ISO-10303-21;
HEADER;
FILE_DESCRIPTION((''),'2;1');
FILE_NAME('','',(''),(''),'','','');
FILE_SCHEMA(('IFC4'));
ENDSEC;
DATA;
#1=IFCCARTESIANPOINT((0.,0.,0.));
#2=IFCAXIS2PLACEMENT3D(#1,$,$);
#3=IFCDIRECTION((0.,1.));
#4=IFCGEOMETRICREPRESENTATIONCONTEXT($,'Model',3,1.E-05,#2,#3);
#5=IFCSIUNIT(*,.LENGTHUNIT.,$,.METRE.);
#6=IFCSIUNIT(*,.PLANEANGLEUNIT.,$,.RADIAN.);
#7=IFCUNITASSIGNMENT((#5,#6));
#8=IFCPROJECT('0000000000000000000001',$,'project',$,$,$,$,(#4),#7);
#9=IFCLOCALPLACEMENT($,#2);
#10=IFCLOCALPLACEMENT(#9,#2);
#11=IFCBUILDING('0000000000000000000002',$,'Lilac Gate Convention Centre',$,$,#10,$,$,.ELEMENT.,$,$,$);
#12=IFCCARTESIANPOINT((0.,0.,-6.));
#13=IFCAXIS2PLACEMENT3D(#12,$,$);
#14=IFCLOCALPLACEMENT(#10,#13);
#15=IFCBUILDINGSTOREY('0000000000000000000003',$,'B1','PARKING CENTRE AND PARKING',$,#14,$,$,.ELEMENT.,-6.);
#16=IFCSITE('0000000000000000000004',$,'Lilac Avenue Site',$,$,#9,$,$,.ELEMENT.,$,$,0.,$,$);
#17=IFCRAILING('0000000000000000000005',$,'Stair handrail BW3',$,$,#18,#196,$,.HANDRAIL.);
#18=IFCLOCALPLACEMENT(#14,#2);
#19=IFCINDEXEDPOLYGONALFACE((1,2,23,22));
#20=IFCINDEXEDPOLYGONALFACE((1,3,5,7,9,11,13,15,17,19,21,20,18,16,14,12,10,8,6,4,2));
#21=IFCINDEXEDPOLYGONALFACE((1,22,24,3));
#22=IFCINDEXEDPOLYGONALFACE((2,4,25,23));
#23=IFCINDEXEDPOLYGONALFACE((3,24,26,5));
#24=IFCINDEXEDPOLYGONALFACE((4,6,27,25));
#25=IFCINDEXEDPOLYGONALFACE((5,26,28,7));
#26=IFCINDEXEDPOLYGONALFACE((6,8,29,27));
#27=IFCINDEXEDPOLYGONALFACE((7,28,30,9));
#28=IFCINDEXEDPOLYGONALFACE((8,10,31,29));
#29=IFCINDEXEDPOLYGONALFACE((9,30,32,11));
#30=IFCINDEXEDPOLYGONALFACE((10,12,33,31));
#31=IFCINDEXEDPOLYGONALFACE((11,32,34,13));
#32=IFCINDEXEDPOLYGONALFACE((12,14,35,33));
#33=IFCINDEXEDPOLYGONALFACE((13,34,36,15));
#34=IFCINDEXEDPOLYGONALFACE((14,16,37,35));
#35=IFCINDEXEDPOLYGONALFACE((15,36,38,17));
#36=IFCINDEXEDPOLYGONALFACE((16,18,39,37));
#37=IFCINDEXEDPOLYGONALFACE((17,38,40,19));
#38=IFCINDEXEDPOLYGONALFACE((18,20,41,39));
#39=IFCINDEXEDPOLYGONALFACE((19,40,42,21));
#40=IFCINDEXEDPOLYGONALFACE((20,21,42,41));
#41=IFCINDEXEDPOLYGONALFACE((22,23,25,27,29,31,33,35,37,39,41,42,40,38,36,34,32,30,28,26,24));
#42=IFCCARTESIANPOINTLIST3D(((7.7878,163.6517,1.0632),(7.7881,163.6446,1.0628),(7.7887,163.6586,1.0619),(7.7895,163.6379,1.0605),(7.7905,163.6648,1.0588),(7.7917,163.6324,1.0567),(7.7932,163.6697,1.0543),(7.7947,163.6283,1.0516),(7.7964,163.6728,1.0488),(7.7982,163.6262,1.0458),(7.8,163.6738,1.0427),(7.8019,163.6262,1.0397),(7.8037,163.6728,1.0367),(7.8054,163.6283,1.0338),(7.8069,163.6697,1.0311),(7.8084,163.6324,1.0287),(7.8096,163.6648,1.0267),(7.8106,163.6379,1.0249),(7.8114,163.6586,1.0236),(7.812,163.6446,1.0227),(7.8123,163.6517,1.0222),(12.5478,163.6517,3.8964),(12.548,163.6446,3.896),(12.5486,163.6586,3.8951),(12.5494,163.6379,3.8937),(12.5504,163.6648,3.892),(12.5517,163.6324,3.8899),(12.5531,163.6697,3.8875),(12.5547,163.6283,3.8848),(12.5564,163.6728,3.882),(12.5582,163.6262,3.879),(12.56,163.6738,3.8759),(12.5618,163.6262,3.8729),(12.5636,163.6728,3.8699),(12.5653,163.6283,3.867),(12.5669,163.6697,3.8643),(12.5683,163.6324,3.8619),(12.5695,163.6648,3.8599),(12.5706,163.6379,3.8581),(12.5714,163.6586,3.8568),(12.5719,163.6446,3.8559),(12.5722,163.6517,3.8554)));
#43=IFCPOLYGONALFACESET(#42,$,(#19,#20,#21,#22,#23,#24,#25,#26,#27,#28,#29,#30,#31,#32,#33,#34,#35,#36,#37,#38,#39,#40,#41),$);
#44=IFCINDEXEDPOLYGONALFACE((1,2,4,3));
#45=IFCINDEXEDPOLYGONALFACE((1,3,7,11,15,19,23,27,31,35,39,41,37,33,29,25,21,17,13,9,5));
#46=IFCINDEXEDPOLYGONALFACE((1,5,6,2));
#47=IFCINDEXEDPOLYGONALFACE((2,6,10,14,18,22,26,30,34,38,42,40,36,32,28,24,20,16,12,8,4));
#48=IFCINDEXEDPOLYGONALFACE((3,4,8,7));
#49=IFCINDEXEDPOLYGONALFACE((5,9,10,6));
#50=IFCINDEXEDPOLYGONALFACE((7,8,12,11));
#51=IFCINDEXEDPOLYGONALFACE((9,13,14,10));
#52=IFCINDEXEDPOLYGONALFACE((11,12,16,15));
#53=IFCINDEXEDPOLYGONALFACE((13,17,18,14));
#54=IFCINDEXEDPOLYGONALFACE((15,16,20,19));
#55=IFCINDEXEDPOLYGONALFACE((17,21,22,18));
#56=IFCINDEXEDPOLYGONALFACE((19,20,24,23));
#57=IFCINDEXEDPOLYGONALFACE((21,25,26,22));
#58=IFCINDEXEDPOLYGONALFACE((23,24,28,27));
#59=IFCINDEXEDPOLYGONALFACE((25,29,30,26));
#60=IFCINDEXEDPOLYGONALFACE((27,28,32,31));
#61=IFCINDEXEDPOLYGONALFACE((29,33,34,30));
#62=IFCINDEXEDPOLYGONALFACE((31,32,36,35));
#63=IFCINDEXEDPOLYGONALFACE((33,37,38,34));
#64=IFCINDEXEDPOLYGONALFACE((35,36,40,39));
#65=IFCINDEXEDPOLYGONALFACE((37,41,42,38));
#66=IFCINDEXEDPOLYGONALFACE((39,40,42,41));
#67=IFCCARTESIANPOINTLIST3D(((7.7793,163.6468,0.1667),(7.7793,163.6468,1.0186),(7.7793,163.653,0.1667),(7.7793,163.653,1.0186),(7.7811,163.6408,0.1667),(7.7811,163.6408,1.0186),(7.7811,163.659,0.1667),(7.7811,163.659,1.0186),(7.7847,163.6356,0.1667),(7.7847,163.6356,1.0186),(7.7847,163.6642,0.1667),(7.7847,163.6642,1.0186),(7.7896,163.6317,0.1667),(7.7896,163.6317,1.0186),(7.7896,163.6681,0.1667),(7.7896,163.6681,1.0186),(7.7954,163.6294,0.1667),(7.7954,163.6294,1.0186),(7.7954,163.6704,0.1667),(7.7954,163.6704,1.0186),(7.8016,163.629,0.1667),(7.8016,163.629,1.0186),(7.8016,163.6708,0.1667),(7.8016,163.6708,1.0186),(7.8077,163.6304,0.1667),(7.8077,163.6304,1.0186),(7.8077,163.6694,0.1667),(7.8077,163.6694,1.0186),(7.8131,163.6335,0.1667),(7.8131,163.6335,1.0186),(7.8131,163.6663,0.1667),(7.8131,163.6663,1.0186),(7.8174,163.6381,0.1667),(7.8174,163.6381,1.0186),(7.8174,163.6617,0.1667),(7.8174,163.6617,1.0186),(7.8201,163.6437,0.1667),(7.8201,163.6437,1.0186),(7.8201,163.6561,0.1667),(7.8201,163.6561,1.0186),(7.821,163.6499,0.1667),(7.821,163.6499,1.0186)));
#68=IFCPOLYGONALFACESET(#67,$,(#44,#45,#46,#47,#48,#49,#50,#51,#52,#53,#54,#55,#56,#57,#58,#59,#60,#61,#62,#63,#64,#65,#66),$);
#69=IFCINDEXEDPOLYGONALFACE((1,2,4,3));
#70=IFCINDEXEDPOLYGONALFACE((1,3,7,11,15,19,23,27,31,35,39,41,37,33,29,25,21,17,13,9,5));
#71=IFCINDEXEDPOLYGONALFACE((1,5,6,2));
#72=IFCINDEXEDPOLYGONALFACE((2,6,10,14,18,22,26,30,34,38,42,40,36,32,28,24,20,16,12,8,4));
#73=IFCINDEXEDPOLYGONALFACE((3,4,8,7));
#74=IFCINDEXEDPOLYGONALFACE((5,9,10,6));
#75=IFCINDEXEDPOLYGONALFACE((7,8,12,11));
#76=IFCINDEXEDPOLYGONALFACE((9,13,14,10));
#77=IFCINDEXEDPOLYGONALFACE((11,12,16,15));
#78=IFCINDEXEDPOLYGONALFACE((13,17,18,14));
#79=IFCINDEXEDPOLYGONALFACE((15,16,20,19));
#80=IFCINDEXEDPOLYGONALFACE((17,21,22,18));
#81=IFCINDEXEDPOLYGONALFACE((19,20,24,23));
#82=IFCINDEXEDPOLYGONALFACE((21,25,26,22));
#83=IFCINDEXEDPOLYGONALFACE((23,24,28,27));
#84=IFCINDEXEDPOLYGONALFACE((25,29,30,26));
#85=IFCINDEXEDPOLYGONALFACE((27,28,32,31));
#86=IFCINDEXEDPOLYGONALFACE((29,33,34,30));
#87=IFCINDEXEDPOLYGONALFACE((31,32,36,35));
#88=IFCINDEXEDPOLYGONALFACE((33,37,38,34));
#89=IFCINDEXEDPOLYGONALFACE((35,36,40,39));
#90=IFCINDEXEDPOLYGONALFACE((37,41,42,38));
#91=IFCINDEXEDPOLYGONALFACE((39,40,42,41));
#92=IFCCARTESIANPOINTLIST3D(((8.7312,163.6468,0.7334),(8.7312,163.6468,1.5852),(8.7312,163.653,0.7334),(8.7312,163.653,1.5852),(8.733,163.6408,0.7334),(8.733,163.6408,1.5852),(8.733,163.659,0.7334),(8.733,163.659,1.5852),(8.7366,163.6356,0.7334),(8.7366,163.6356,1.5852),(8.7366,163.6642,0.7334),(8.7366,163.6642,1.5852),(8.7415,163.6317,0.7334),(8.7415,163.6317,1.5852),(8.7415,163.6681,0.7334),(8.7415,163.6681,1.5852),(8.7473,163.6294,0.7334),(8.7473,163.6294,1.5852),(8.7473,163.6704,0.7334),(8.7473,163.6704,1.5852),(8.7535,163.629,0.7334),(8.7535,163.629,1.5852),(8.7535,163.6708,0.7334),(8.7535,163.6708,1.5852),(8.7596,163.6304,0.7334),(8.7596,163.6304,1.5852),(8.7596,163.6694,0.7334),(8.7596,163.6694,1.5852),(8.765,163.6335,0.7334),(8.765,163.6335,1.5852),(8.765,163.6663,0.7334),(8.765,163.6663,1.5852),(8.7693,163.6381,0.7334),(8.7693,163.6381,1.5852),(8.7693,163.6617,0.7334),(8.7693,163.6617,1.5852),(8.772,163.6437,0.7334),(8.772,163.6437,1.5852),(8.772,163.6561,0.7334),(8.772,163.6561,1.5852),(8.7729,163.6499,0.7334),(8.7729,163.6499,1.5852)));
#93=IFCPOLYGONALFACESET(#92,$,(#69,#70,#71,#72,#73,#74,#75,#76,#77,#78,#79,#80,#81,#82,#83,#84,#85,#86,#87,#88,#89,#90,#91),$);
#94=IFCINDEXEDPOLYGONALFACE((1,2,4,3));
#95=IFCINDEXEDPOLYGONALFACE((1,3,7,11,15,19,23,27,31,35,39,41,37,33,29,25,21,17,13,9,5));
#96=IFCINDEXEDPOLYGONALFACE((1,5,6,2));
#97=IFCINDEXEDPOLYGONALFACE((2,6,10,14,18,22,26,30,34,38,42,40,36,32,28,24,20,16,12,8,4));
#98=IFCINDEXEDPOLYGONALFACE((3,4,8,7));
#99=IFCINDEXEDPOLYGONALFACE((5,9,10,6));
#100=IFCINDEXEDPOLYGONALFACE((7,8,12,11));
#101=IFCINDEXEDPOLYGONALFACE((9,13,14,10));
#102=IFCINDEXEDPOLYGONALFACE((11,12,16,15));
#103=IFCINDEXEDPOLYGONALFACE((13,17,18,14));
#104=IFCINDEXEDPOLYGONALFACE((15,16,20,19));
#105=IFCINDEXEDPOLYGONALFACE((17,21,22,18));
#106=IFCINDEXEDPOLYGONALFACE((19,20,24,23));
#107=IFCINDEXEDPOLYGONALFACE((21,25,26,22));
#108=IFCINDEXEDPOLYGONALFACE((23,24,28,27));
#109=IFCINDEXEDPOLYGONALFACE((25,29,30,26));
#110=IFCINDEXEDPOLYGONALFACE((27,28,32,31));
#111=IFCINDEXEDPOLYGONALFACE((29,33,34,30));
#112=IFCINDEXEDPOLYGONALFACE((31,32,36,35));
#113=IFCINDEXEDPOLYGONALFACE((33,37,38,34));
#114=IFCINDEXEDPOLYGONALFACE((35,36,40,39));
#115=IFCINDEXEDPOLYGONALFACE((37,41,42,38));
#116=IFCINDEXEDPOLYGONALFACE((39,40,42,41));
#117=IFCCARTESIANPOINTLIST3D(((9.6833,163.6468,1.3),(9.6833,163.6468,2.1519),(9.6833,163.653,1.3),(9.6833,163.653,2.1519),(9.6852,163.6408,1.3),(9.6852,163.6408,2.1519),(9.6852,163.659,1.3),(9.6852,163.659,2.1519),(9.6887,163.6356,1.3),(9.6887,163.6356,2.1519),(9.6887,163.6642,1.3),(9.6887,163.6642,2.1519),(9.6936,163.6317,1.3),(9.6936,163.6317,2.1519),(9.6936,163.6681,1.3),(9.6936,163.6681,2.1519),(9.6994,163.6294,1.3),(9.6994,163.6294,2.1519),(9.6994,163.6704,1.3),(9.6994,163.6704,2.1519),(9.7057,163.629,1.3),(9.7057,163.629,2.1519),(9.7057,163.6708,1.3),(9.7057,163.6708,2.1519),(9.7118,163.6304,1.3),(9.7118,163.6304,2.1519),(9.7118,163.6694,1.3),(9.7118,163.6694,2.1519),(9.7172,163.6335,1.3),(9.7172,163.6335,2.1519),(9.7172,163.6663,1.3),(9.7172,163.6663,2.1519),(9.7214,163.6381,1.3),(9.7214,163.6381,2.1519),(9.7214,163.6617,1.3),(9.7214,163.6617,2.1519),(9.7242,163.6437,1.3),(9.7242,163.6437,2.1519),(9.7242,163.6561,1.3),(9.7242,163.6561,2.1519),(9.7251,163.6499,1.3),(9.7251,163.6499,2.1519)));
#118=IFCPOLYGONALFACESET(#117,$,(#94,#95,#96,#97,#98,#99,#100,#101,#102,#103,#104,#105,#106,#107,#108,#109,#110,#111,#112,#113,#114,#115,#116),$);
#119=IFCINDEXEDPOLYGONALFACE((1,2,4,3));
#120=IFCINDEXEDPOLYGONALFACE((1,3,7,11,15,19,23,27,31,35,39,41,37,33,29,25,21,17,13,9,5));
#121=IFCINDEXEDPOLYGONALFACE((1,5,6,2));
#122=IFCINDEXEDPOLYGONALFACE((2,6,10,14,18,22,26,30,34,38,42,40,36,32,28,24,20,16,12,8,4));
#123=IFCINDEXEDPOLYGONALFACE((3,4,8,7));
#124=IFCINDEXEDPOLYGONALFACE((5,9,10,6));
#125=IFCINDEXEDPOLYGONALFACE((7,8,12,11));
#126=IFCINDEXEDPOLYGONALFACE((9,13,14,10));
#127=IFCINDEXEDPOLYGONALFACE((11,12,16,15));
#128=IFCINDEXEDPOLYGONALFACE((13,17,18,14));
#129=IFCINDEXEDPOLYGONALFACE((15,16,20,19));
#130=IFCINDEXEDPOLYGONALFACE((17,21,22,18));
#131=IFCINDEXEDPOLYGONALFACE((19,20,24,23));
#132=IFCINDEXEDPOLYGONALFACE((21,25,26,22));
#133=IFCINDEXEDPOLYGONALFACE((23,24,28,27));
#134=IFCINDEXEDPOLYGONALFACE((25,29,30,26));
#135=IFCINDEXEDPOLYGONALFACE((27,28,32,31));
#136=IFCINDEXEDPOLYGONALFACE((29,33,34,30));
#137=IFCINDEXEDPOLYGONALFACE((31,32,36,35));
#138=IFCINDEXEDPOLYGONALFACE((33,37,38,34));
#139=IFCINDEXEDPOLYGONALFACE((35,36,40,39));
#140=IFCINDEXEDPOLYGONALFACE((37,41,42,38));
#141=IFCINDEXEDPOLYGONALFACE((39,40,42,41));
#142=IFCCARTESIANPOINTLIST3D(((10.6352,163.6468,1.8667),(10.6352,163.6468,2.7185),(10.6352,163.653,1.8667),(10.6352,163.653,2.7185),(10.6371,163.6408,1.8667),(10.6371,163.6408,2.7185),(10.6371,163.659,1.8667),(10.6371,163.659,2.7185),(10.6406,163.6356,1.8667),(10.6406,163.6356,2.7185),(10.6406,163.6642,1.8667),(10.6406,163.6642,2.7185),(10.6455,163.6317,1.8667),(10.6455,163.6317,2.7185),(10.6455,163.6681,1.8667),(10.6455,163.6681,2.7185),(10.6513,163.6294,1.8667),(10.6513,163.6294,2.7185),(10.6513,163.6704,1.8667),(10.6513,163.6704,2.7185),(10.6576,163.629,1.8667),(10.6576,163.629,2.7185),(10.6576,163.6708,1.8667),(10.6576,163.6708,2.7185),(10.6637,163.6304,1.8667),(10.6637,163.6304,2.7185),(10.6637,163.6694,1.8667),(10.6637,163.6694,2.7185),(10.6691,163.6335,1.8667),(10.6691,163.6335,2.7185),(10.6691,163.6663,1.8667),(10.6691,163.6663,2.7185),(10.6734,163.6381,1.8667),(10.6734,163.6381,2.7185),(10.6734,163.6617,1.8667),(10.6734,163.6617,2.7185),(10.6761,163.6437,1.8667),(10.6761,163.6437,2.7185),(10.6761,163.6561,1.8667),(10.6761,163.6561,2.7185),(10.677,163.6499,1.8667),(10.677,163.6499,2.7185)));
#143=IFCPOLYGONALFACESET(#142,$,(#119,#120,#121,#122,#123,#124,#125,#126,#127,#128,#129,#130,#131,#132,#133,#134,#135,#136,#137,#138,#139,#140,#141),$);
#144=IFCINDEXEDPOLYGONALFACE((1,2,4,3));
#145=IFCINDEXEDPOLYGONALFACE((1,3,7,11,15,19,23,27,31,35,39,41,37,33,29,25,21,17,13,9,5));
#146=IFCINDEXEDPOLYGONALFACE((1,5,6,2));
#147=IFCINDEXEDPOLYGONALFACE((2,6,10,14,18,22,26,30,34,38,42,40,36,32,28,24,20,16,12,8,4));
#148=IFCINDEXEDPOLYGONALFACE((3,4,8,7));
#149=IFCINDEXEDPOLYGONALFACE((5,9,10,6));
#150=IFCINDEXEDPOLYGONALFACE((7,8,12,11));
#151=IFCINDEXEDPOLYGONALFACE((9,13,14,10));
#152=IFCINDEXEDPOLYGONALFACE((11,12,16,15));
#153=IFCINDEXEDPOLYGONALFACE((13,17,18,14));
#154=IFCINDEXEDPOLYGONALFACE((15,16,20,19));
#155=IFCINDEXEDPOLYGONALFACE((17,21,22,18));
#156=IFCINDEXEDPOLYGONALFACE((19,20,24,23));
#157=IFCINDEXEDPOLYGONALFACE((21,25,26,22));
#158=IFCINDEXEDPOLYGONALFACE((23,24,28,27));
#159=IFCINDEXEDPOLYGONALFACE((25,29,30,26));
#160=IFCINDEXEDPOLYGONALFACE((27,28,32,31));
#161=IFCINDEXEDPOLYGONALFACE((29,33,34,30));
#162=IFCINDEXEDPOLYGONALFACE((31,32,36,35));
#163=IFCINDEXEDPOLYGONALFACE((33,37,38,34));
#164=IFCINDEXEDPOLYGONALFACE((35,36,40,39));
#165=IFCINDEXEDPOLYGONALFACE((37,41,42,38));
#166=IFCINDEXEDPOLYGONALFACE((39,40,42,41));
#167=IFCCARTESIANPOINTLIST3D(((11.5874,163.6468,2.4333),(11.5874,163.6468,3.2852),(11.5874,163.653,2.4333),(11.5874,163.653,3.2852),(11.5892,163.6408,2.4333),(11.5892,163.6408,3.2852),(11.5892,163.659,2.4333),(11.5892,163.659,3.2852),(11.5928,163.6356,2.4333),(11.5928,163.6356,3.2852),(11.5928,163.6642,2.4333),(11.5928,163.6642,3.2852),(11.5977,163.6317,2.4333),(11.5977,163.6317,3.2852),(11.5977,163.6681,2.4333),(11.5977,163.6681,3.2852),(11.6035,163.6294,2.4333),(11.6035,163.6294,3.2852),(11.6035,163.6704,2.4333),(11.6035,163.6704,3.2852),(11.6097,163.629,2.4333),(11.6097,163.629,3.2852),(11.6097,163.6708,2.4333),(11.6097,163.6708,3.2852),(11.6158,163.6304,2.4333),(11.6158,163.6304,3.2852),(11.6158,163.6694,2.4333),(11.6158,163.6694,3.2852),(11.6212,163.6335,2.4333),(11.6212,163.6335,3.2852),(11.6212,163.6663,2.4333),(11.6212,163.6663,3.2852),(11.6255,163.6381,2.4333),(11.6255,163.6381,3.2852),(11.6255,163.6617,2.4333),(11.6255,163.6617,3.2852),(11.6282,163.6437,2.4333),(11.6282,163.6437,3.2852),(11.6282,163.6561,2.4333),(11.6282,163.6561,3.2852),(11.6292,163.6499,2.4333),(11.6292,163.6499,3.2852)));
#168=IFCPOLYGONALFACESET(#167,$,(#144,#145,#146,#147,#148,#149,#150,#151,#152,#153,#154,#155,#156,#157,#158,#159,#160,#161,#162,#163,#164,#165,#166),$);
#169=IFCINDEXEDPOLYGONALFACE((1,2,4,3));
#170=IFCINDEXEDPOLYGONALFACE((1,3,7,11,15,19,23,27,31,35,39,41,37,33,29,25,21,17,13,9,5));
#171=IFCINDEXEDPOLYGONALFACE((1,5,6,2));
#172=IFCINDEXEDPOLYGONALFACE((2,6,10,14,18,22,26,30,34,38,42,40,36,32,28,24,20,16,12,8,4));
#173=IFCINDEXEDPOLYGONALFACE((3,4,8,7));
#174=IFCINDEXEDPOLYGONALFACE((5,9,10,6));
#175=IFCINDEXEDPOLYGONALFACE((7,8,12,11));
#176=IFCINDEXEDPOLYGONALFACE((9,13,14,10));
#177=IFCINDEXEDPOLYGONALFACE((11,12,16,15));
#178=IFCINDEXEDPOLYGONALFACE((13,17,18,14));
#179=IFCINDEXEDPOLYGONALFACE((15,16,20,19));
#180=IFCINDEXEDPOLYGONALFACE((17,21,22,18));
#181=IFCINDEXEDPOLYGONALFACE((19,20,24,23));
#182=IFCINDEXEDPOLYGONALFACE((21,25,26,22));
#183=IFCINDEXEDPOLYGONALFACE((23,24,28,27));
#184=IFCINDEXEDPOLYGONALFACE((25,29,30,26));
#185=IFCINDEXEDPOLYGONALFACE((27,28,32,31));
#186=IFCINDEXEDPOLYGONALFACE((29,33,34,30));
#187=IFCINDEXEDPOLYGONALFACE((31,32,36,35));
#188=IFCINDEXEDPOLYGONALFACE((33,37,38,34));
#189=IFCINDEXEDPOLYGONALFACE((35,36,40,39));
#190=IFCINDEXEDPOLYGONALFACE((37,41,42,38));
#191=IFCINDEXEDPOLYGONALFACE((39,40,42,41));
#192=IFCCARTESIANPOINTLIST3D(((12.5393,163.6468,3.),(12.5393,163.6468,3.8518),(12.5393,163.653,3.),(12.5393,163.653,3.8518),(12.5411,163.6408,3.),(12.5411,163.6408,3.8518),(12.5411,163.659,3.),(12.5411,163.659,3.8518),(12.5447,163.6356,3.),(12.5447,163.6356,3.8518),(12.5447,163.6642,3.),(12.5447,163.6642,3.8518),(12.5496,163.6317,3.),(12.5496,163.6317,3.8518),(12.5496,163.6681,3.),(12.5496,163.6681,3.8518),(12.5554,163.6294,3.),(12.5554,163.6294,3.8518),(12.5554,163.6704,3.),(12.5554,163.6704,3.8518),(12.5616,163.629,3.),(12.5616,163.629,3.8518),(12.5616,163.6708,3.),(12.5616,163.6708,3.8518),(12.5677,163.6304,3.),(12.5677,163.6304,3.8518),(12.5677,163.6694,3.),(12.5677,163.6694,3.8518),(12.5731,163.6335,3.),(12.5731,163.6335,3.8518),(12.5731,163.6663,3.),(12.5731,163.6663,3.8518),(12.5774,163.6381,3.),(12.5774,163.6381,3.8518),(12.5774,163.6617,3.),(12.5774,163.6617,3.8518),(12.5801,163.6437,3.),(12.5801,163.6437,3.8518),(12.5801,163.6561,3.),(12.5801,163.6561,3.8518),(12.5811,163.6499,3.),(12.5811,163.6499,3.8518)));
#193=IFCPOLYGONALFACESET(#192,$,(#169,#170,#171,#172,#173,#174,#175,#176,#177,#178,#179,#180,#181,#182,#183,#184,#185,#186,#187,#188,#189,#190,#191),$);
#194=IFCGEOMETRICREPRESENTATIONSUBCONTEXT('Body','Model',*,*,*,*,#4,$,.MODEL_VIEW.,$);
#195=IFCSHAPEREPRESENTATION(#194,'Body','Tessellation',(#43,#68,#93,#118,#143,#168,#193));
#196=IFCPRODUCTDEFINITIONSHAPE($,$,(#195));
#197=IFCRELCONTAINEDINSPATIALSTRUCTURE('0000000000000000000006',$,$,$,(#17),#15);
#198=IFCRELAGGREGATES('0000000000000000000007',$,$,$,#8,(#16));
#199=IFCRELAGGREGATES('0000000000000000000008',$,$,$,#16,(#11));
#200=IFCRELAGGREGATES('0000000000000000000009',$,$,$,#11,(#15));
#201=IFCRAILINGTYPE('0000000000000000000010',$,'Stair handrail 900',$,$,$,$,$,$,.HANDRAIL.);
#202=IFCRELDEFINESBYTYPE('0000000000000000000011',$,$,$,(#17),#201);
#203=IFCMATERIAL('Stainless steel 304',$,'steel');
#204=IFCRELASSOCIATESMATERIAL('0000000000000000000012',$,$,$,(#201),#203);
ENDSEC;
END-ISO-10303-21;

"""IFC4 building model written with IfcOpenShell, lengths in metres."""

from ifc_helpers import new_model, si_unit, direction, frame, origin, origin_2d, place, context, subcontext, project, spatial, circle, extrude, material, type_object, element, save


model = new_model("IFC4")

# Units and contexts
model_context = context("Model", 3, precision=1e-05, world=origin(), true_north=direction((0.0, 1.0)))
body_context = subcontext(model_context, "Body", "Model", "MODEL_VIEW")
ifc_project = project(units=[si_unit("LENGTHUNIT", "METRE"), si_unit("PLANEANGLEUNIT", "RADIAN")], contexts=[model_context])

# Site, building, storey
site_placement = place(None, origin())
site = spatial("IfcSite", under=ifc_project, at=site_placement, Name="Lilac Avenue Site", CompositionType="ELEMENT", RefElevation=0.0)
building_placement = place(site_placement, origin())
building = spatial("IfcBuilding", under=site, at=building_placement, Name="Lilac Gate Convention Centre", CompositionType="ELEMENT")
storey_placement = place(building_placement, frame((0.0, 0.0, -6.0)))
storey = spatial("IfcBuildingStorey", under=building, at=storey_placement, Name="B1", Description="PARKING CENTRE AND PARKING", CompositionType="ELEMENT", Elevation=-6.0)

# Railing
ifc_material_1 = material(Name="Stainless steel 304", Category="steel")
railing_type = type_object("IfcRailingType", Name="Stair handrail 900", PredefinedType="HANDRAIL", material=ifc_material_1)
for number, where, name in (
    (1, (7.8, 163.6499, 0.1667), "Stair handrail BW3"),
):
    element("IfcRailing", number, at=place(storey_placement, frame(where)), inside=storey, type_object=railing_type, Name=name, PredefinedType="HANDRAIL", context=body_context, shape_type="SweptSolid", body=[
        extrude(circle(Radius=0.0239, at=origin_2d()), frame((0.0, 0.0, 0.876), z_axis=(0.8593, 0.0, 0.511472), x_axis=(0.0, 1.0, 0.0)), (0.0, 0.0, 1.0), 5.5393),
        extrude(circle(Radius=0.021, at=origin_2d()), origin(), (0.0, 0.0, 1.0), 0.8518),
        extrude(circle(Radius=0.021, at=origin_2d()), frame((0.9519, 0.0, 0.5667)), (0.0, 0.0, 1.0), 0.8518),
        extrude(circle(Radius=0.021, at=origin_2d()), frame((1.9041, 0.0, 1.1333)), (0.0, 0.0, 1.0), 0.8518),
        extrude(circle(Radius=0.021, at=origin_2d()), frame((2.856, 0.0, 1.7)), (0.0, 0.0, 1.0), 0.8518),
        extrude(circle(Radius=0.021, at=origin_2d()), frame((3.8081, 0.0, 2.2666)), (0.0, 0.0, 1.0), 0.8518),
        extrude(circle(Radius=0.021, at=origin_2d()), frame((4.76, 0.0, 2.8333)), (0.0, 0.0, 1.0), 0.8518),
    ])

save(model, "model.ifc")
